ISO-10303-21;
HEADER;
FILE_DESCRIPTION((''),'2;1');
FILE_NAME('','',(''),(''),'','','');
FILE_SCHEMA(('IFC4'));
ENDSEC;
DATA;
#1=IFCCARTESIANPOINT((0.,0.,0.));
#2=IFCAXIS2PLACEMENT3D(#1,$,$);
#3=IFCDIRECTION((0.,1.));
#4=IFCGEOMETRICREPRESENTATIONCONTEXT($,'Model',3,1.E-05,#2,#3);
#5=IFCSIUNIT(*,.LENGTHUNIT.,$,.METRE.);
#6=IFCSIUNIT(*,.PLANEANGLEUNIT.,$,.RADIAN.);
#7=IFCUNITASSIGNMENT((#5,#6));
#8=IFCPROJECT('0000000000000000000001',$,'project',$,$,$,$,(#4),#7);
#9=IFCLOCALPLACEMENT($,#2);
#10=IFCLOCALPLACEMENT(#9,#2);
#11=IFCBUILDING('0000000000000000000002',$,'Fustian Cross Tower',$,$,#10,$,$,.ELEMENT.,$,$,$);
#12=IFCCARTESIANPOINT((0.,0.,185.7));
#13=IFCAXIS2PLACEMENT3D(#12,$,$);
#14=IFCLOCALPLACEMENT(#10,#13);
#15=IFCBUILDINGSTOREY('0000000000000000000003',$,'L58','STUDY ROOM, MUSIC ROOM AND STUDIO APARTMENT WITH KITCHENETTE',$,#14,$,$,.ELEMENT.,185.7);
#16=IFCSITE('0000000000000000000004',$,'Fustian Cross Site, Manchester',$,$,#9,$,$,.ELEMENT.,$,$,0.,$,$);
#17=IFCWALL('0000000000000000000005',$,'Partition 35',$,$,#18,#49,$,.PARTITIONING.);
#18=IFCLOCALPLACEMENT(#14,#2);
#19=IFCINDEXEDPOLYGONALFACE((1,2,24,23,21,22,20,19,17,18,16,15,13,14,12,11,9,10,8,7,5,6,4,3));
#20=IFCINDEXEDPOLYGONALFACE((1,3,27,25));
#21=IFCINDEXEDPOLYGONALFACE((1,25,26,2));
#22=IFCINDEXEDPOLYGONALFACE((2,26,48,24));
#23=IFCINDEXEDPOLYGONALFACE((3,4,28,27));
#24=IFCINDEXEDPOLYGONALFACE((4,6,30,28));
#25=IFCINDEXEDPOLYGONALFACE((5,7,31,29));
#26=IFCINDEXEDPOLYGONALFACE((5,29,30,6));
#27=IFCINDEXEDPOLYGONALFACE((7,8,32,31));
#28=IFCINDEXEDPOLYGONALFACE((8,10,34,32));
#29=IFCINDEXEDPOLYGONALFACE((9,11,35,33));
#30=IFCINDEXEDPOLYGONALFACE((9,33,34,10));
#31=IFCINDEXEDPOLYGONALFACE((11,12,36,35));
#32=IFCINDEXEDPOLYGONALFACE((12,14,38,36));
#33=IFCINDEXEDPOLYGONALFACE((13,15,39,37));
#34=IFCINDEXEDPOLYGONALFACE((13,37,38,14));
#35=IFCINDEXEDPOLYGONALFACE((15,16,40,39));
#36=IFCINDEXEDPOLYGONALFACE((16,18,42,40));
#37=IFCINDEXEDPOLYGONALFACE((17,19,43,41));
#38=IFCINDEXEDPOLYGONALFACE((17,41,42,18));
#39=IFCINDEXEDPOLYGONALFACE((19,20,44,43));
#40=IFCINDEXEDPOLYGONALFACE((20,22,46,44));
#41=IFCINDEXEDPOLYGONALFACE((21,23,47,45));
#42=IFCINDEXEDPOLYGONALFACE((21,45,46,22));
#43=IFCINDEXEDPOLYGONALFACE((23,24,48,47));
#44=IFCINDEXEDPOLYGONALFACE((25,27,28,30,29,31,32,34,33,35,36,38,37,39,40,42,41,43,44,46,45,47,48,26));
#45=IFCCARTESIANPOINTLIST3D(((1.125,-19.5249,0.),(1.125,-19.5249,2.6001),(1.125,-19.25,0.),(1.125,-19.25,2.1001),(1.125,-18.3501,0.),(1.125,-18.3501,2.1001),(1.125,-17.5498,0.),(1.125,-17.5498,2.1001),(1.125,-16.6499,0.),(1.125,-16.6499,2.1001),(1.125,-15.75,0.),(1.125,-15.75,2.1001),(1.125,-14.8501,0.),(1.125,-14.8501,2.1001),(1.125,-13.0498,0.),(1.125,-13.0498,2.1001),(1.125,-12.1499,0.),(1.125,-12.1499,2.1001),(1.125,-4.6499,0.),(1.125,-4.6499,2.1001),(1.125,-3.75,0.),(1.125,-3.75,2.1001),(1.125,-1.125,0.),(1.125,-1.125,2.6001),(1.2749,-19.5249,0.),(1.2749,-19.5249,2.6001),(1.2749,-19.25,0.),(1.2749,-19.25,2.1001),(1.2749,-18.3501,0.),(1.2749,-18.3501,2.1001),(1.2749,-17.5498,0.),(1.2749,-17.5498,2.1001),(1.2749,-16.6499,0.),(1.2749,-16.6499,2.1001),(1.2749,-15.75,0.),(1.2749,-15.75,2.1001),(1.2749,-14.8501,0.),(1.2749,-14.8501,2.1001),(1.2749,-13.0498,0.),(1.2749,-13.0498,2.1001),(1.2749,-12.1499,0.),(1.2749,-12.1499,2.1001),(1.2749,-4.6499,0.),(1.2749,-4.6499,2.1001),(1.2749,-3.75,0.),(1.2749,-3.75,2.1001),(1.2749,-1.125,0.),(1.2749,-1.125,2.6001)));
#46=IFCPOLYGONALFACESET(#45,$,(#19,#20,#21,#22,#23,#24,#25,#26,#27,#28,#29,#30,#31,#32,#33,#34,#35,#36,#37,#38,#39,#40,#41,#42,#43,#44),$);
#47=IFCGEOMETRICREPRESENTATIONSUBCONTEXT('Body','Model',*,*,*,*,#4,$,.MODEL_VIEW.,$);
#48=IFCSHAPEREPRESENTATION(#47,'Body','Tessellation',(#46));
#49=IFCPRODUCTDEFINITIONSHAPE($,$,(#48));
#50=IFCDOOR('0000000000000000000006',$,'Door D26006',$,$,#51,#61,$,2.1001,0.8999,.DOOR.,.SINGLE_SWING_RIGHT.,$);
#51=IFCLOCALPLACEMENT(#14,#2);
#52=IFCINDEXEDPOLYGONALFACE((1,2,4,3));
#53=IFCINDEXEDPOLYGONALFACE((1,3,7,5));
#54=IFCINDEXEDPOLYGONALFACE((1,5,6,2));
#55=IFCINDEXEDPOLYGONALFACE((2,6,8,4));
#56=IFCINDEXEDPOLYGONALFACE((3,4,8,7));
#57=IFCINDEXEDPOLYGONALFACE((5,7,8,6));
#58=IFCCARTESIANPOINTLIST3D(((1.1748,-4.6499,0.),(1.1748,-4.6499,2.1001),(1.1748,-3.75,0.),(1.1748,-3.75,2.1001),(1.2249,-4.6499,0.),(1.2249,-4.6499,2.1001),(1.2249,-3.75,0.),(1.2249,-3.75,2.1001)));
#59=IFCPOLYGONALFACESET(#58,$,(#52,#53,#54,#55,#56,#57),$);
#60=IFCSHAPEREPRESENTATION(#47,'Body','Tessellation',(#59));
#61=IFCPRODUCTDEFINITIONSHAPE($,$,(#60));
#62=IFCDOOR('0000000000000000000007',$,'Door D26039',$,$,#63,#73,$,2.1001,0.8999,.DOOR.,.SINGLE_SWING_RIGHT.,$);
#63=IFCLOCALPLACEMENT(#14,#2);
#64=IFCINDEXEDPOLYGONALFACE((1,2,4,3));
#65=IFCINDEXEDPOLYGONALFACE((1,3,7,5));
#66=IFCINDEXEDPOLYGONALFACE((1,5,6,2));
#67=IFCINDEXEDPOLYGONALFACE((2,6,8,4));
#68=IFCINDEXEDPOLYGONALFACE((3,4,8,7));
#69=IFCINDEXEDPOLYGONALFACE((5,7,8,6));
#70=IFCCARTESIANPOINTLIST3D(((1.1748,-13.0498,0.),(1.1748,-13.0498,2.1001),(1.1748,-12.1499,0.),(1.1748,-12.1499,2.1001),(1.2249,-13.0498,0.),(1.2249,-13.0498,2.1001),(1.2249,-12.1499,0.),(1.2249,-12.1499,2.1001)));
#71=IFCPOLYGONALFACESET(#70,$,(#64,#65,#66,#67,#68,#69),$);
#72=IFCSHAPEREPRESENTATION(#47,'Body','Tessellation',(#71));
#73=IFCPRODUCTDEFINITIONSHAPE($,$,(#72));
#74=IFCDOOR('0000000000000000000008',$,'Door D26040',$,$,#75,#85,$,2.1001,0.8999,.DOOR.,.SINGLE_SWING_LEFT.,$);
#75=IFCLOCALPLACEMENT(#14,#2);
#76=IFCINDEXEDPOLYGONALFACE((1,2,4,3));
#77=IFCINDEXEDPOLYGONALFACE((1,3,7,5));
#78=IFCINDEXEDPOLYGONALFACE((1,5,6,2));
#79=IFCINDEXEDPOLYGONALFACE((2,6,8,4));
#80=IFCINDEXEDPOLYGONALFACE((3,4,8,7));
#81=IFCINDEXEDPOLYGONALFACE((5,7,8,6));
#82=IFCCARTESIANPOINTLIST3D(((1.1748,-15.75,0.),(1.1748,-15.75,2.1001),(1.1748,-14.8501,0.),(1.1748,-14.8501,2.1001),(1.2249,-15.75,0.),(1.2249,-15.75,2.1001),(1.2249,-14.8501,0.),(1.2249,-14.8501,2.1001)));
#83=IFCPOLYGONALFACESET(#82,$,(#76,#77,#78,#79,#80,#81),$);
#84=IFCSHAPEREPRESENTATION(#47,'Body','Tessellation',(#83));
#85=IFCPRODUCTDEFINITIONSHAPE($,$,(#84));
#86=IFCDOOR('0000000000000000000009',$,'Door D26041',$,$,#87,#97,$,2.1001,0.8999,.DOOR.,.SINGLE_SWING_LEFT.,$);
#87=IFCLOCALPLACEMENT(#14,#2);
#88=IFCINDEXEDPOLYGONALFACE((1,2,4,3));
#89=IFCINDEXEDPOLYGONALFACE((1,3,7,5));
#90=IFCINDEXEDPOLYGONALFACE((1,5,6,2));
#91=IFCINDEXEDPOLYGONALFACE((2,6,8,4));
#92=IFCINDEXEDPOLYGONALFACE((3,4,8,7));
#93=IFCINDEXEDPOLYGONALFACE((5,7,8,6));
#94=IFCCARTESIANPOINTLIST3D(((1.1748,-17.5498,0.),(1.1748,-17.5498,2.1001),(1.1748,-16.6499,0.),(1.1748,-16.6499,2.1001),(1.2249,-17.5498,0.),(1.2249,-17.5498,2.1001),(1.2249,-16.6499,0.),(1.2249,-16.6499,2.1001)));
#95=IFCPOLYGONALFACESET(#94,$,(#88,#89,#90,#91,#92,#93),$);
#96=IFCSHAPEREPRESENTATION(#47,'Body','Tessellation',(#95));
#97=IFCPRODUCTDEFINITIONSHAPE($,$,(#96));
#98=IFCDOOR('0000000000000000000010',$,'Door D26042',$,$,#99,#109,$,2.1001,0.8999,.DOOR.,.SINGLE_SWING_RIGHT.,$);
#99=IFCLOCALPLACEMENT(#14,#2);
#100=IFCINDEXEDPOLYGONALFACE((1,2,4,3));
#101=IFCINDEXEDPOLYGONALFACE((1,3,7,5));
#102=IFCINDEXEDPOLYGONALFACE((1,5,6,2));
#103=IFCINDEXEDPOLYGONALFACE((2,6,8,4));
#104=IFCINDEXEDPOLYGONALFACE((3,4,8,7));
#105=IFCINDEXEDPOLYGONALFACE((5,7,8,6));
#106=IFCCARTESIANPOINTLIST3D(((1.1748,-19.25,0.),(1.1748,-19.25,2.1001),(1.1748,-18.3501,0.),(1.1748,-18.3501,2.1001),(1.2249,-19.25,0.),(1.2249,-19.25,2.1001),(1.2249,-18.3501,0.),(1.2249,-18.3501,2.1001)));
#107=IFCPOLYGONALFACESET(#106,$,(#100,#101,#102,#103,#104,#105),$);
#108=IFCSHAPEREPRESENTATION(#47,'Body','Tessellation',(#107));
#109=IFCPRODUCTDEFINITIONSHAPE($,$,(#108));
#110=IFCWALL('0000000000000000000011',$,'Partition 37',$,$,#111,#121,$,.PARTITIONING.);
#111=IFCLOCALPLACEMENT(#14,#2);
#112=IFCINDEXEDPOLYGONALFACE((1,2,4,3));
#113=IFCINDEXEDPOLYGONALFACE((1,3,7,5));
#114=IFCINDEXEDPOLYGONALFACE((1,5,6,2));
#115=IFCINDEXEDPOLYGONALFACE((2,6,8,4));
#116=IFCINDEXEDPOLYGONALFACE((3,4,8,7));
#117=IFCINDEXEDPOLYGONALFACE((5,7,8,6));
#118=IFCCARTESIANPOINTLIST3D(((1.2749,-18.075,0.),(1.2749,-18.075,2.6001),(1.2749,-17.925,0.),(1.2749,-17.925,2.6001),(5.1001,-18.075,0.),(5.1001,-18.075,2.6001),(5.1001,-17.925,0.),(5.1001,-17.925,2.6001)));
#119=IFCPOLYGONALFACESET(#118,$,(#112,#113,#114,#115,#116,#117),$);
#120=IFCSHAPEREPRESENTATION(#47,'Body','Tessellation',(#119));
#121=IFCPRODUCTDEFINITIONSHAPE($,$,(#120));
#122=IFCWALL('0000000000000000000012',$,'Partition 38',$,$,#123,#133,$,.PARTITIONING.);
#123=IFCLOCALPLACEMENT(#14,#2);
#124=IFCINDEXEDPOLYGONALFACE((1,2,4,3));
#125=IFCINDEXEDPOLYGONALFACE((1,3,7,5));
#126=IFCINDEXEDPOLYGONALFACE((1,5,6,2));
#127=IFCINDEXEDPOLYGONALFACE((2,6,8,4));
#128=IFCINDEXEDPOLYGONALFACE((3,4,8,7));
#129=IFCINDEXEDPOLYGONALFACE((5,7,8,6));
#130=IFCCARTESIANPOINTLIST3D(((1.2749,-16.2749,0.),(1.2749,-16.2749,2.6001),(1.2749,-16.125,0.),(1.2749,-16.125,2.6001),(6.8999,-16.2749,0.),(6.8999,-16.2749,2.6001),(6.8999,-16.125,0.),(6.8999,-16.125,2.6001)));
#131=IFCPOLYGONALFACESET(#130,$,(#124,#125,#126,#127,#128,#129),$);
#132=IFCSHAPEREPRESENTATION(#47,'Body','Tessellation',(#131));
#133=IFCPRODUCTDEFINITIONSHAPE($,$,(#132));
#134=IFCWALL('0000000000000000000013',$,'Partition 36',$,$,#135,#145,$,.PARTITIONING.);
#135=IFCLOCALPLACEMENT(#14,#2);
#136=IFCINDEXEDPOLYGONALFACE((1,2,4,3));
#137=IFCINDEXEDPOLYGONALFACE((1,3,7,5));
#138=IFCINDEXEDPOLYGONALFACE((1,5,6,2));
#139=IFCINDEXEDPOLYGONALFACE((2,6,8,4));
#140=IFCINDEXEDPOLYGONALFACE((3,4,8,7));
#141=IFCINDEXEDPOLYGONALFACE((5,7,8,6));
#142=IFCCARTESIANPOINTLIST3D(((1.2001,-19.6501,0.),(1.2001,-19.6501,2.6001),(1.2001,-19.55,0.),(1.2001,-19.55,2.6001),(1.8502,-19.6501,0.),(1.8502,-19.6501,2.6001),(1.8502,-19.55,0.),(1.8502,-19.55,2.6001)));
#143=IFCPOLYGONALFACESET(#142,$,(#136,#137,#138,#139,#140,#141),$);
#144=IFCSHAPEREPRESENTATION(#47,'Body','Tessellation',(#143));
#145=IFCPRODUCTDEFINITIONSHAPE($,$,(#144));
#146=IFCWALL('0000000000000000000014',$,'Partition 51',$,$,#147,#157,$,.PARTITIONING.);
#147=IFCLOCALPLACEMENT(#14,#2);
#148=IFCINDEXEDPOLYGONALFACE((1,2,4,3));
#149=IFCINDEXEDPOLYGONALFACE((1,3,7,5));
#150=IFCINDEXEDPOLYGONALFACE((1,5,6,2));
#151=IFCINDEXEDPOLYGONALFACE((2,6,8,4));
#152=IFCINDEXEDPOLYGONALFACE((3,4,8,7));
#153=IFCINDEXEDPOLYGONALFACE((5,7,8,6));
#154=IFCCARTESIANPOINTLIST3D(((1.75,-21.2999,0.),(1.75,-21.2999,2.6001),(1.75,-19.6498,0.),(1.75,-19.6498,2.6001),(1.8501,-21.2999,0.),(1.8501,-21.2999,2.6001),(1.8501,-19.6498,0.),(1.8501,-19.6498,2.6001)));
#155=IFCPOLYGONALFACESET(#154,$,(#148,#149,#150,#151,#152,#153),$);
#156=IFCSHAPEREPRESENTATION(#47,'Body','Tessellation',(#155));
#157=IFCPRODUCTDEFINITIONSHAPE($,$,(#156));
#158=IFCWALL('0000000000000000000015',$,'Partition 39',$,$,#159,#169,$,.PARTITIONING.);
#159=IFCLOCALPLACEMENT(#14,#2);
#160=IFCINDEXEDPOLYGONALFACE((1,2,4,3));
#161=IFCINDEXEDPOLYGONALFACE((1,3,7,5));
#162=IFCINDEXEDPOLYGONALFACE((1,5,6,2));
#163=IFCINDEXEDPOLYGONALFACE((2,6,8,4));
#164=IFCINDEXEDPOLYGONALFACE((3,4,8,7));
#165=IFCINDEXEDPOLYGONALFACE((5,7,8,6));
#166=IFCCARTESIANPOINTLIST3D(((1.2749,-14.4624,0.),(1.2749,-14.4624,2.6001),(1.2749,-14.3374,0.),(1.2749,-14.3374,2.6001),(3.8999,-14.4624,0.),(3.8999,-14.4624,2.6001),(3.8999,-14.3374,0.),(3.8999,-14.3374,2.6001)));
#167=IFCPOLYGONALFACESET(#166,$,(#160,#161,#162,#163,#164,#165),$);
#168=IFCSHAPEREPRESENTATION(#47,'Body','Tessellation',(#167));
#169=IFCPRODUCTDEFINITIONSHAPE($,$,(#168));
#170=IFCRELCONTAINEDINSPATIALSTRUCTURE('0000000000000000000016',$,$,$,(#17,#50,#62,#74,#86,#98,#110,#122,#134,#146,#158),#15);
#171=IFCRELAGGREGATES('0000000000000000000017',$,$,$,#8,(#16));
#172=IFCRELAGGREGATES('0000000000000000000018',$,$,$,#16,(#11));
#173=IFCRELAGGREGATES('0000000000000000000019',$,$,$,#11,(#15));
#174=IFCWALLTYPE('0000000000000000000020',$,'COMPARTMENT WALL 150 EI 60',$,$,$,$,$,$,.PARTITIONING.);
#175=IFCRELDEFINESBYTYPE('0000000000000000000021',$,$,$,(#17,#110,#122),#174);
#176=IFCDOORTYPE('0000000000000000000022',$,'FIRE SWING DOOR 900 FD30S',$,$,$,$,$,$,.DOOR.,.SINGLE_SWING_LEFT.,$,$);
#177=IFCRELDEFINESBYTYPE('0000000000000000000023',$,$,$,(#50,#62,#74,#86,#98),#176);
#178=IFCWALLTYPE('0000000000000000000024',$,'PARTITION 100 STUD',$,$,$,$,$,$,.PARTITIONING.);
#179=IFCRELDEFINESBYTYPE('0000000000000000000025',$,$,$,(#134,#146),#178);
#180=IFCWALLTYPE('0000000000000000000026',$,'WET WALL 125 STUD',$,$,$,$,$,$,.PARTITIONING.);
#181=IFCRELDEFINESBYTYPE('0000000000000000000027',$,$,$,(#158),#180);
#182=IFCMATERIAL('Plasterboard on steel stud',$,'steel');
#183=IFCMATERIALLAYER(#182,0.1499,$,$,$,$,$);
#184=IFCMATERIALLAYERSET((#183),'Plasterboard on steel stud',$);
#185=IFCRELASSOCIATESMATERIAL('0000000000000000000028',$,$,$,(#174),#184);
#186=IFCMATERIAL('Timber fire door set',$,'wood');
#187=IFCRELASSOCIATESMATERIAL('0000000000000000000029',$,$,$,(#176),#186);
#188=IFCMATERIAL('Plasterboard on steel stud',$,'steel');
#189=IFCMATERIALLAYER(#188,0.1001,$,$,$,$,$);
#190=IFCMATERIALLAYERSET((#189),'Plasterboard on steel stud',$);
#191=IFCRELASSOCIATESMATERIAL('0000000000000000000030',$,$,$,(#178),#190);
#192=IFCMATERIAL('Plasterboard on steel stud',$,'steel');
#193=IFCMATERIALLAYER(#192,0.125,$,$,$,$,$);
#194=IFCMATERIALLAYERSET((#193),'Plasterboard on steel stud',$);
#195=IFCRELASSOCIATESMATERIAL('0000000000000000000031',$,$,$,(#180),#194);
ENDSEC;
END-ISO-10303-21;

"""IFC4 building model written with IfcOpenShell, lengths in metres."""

from ifc_helpers import new_model, si_unit, direction, frame, frame_2d, origin, place, context, subcontext, project, spatial, rectangle, extrude, material, layer, layer_set, type_object, element, fill, save


model = new_model("IFC4")

# Units and contexts
model_context = context("Model", 3, precision=1e-05, world=origin(), true_north=direction((0.0, 1.0)))
body_context = subcontext(model_context, "Body", "Model", "MODEL_VIEW")
ifc_project = project(units=[si_unit("LENGTHUNIT", "METRE"), si_unit("PLANEANGLEUNIT", "RADIAN")], contexts=[model_context])

# Site, building, storey
site_placement = place(None, origin())
site = spatial("IfcSite", under=ifc_project, at=site_placement, Name="Fustian Cross Site, Manchester", CompositionType="ELEMENT", RefElevation=0.0)
building_placement = place(site_placement, origin())
building = spatial("IfcBuilding", under=site, at=building_placement, Name="Fustian Cross Tower", CompositionType="ELEMENT")
storey_placement = place(building_placement, frame((0.0, 0.0, 185.7)))
storey = spatial("IfcBuildingStorey", under=building, at=storey_placement, Name="L58", Description="STUDY ROOM, MUSIC ROOM AND STUDIO APARTMENT WITH KITCHENETTE", CompositionType="ELEMENT", Elevation=185.7)

# Shared definitions
ifc_material_1 = material(Name="Plasterboard on steel stud", Category="steel")
ifc_layer_1 = layer(ifc_material_1, 0.1499)
ifc_layer_set_1 = layer_set([ifc_layer_1], Name="Plasterboard on steel stud")
wall_type_1 = type_object("IfcWallType", Name="COMPARTMENT WALL 150 EI 60", PredefinedType="PARTITIONING", material=ifc_layer_set_1)
ifc_material_2 = material(Name="Timber fire door set", Category="wood")
door_type_1 = type_object("IfcDoorType", Name="FIRE SWING DOOR 900 FD30S", OperationType="SINGLE_SWING_LEFT", PredefinedType="DOOR", material=ifc_material_2)

# Wall, openings, doors
wall_1_placement = place(storey_placement, frame((1.2, -19.5249, 0.0), z_axis=(0.0, 0.0, 1.0), x_axis=(0.0, 1.0, 0.0)))
wall_1 = element("IfcWall", 1, at=wall_1_placement, inside=storey, type_object=wall_type_1, Name="Partition 35", PredefinedType="PARTITIONING", context=body_context, shape_type="SweptSolid", body=[
    extrude(rectangle(XDim=18.3999, YDim=0.1499, at=frame_2d((9.2, 0.0))), origin(), (0.0, 0.0, 1.0), 2.6001),
])
opening_1_placement = place(wall_1_placement, frame((14.875, 0.0, 0.0)))
opening_1 = element("IfcOpeningElement", 2, at=opening_1_placement, cuts=wall_1, PredefinedType="OPENING", context=body_context, shape_type="SweptSolid", body=[
    extrude(rectangle(XDim=0.8999, YDim=2.1001, at=frame_2d((0.45, 1.05))), frame((0.0, 0.085, 0.0), z_axis=(0.0, -1.0, 0.0), x_axis=(1.0, 0.0, 0.0)), (0.0, 0.0, 1.0), 0.1699),
])
opening_2_placement = place(wall_1_placement, frame((6.4751, 0.0, 0.0)))
opening_2 = element("IfcOpeningElement", 3, at=opening_2_placement, cuts=wall_1, PredefinedType="OPENING", context=body_context, shape_type="SweptSolid", body=[
    extrude(rectangle(XDim=0.8999, YDim=2.1001, at=frame_2d((0.45, 1.05))), frame((0.0, 0.085, 0.0), z_axis=(0.0, -1.0, 0.0), x_axis=(1.0, 0.0, 0.0)), (0.0, 0.0, 1.0), 0.1699),
])
opening_3_placement = place(wall_1_placement, frame((3.7749, 0.0, 0.0)))
opening_3 = element("IfcOpeningElement", 4, at=opening_3_placement, cuts=wall_1, PredefinedType="OPENING", context=body_context, shape_type="SweptSolid", body=[
    extrude(rectangle(XDim=0.8999, YDim=2.1001, at=frame_2d((0.45, 1.05))), frame((0.0, 0.085, 0.0), z_axis=(0.0, -1.0, 0.0), x_axis=(1.0, 0.0, 0.0)), (0.0, 0.0, 1.0), 0.1699),
])
opening_4_placement = place(wall_1_placement, frame((1.9751, 0.0, 0.0)))
opening_4 = element("IfcOpeningElement", 5, at=opening_4_placement, cuts=wall_1, PredefinedType="OPENING", context=body_context, shape_type="SweptSolid", body=[
    extrude(rectangle(XDim=0.8999, YDim=2.1001, at=frame_2d((0.45, 1.05))), frame((0.0, 0.085, 0.0), z_axis=(0.0, -1.0, 0.0), x_axis=(1.0, 0.0, 0.0)), (0.0, 0.0, 1.0), 0.1699),
])
opening_5_placement = place(wall_1_placement, frame((0.2749, 0.0, 0.0)))
opening_5 = element("IfcOpeningElement", 6, at=opening_5_placement, cuts=wall_1, PredefinedType="OPENING", context=body_context, shape_type="SweptSolid", body=[
    extrude(rectangle(XDim=0.8999, YDim=2.1001, at=frame_2d((0.45, 1.05))), frame((0.0, 0.085, 0.0), z_axis=(0.0, -1.0, 0.0), x_axis=(1.0, 0.0, 0.0)), (0.0, 0.0, 1.0), 0.1699),
])
door_1_placement = place(opening_1_placement, frame((0.8999, 0.0, 0.0), z_axis=(0.0, 0.0, 1.0), x_axis=(-1.0, 0.0, 0.0)))
door_1 = element("IfcDoor", 7, at=door_1_placement, inside=storey, type_object=door_type_1, Name="Door D26006", OperationType="SINGLE_SWING_RIGHT", OverallHeight=2.1001, OverallWidth=0.8999, PredefinedType="DOOR", context=body_context, shape_type="SweptSolid", body=[
    extrude(rectangle(XDim=0.8999, YDim=2.1001, at=frame_2d((0.45, 1.05))), frame((0.0, 0.0249, 0.0), z_axis=(0.0, -1.0, 0.0), x_axis=(1.0, 0.0, 0.0)), (0.0, 0.0, 1.0), 0.05),
])
fill(opening_1, door_1)
door_2_placement = place(opening_2_placement, frame((0.8999, 0.0, 0.0), z_axis=(0.0, 0.0, 1.0), x_axis=(-1.0, 0.0, 0.0)))
door_2 = element("IfcDoor", 8, at=door_2_placement, inside=storey, type_object=door_type_1, Name="Door D26039", OperationType="SINGLE_SWING_RIGHT", OverallHeight=2.1001, OverallWidth=0.8999, PredefinedType="DOOR", context=body_context, shape_type="SweptSolid", body=[
    extrude(rectangle(XDim=0.8999, YDim=2.1001, at=frame_2d((0.45, 1.05))), frame((0.0, 0.0249, 0.0), z_axis=(0.0, -1.0, 0.0), x_axis=(1.0, 0.0, 0.0)), (0.0, 0.0, 1.0), 0.05),
])
fill(opening_2, door_2)
door_3_placement = place(opening_3_placement, frame((0.8999, 0.0, 0.0), z_axis=(0.0, 0.0, 1.0), x_axis=(-1.0, 0.0, 0.0)))
door_3 = element("IfcDoor", 9, at=door_3_placement, inside=storey, type_object=door_type_1, Name="Door D26040", OperationType="SINGLE_SWING_LEFT", OverallHeight=2.1001, OverallWidth=0.8999, PredefinedType="DOOR", context=body_context, shape_type="SweptSolid", body=[
    extrude(rectangle(XDim=0.8999, YDim=2.1001, at=frame_2d((0.45, 1.05))), frame((0.0, 0.0249, 0.0), z_axis=(0.0, -1.0, 0.0), x_axis=(1.0, 0.0, 0.0)), (0.0, 0.0, 1.0), 0.05),
])
fill(opening_3, door_3)
door_4_placement = place(opening_4_placement, frame((0.8999, 0.0, 0.0), z_axis=(0.0, 0.0, 1.0), x_axis=(-1.0, 0.0, 0.0)))
door_4 = element("IfcDoor", 10, at=door_4_placement, inside=storey, type_object=door_type_1, Name="Door D26041", OperationType="SINGLE_SWING_LEFT", OverallHeight=2.1001, OverallWidth=0.8999, PredefinedType="DOOR", context=body_context, shape_type="SweptSolid", body=[
    extrude(rectangle(XDim=0.8999, YDim=2.1001, at=frame_2d((0.45, 1.05))), frame((0.0, 0.0249, 0.0), z_axis=(0.0, -1.0, 0.0), x_axis=(1.0, 0.0, 0.0)), (0.0, 0.0, 1.0), 0.05),
])
fill(opening_4, door_4)
door_5_placement = place(opening_5_placement, frame((0.8999, 0.0, 0.0), z_axis=(0.0, 0.0, 1.0), x_axis=(-1.0, 0.0, 0.0)))
door_5 = element("IfcDoor", 11, at=door_5_placement, inside=storey, type_object=door_type_1, Name="Door D26042", OperationType="SINGLE_SWING_RIGHT", OverallHeight=2.1001, OverallWidth=0.8999, PredefinedType="DOOR", context=body_context, shape_type="SweptSolid", body=[
    extrude(rectangle(XDim=0.8999, YDim=2.1001, at=frame_2d((0.45, 1.05))), frame((0.0, 0.0249, 0.0), z_axis=(0.0, -1.0, 0.0), x_axis=(1.0, 0.0, 0.0)), (0.0, 0.0, 1.0), 0.05),
])
fill(opening_5, door_5)

# Walls
wall_2_placement = place(storey_placement, frame((1.2749, -18.0, 0.0), z_axis=(0.0, 0.0, 1.0), x_axis=(1.0, 0.0, 0.0)))
element("IfcWall", 12, at=wall_2_placement, inside=storey, type_object=wall_type_1, Name="Partition 37", PredefinedType="PARTITIONING", context=body_context, shape_type="SweptSolid", body=[
    extrude(rectangle(XDim=3.8252, YDim=0.1499, at=frame_2d((1.9126, 0.0))), origin(), (0.0, 0.0, 1.0), 2.6001),
])
wall_3_placement = place(storey_placement, frame((1.2749, -16.2, 0.0), z_axis=(0.0, 0.0, 1.0), x_axis=(1.0, 0.0, 0.0)))
element("IfcWall", 13, at=wall_3_placement, inside=storey, type_object=wall_type_1, Name="Partition 38", PredefinedType="PARTITIONING", context=body_context, shape_type="SweptSolid", body=[
    extrude(rectangle(XDim=5.625, YDim=0.1499, at=frame_2d((2.8125, 0.0))), origin(), (0.0, 0.0, 1.0), 2.6001),
])
ifc_material_3 = material(Name="Plasterboard on steel stud", Category="steel")
ifc_layer_2 = layer(ifc_material_3, 0.1001)
ifc_layer_set_2 = layer_set([ifc_layer_2], Name="Plasterboard on steel stud")
wall_type_2 = type_object("IfcWallType", Name="PARTITION 100 STUD", PredefinedType="PARTITIONING", material=ifc_layer_set_2)
wall_4_placement = place(storey_placement, frame((1.2, -19.6001, 0.0), z_axis=(0.0, 0.0, 1.0), x_axis=(1.0, 0.0, 0.0)))
element("IfcWall", 14, at=wall_4_placement, inside=storey, type_object=wall_type_2, Name="Partition 36", PredefinedType="PARTITIONING", context=body_context, shape_type="SweptSolid", body=[
    extrude(rectangle(XDim=0.6501, YDim=0.1001, at=frame_2d((0.3252, 0.0))), origin(), (0.0, 0.0, 1.0), 2.6001),
])
wall_5_placement = place(storey_placement, frame((1.8, -21.3, 0.0), z_axis=(0.0, 0.0, 1.0), x_axis=(0.0, 1.0, 0.0)))
element("IfcWall", 15, at=wall_5_placement, inside=storey, type_object=wall_type_2, Name="Partition 51", PredefinedType="PARTITIONING", context=body_context, shape_type="SweptSolid", body=[
    extrude(rectangle(XDim=1.6501, YDim=0.1001, at=frame_2d((0.8252, 0.0))), origin(), (0.0, 0.0, 1.0), 2.6001),
])
ifc_material_4 = material(Name="Plasterboard on steel stud", Category="steel")
ifc_layer_3 = layer(ifc_material_4, 0.125)
ifc_layer_set_3 = layer_set([ifc_layer_3], Name="Plasterboard on steel stud")
wall_type_3 = type_object("IfcWallType", Name="WET WALL 125 STUD", PredefinedType="PARTITIONING", material=ifc_layer_set_3)
wall_6_placement = place(storey_placement, frame((1.2749, -14.3999, 0.0), z_axis=(0.0, 0.0, 1.0), x_axis=(1.0, 0.0, 0.0)))
element("IfcWall", 16, at=wall_6_placement, inside=storey, type_object=wall_type_3, Name="Partition 39", PredefinedType="PARTITIONING", context=body_context, shape_type="SweptSolid", body=[
    extrude(rectangle(XDim=2.625, YDim=0.125, at=frame_2d((1.3125, 0.0))), origin(), (0.0, 0.0, 1.0), 2.6001),
])

save(model, "model.ifc")
